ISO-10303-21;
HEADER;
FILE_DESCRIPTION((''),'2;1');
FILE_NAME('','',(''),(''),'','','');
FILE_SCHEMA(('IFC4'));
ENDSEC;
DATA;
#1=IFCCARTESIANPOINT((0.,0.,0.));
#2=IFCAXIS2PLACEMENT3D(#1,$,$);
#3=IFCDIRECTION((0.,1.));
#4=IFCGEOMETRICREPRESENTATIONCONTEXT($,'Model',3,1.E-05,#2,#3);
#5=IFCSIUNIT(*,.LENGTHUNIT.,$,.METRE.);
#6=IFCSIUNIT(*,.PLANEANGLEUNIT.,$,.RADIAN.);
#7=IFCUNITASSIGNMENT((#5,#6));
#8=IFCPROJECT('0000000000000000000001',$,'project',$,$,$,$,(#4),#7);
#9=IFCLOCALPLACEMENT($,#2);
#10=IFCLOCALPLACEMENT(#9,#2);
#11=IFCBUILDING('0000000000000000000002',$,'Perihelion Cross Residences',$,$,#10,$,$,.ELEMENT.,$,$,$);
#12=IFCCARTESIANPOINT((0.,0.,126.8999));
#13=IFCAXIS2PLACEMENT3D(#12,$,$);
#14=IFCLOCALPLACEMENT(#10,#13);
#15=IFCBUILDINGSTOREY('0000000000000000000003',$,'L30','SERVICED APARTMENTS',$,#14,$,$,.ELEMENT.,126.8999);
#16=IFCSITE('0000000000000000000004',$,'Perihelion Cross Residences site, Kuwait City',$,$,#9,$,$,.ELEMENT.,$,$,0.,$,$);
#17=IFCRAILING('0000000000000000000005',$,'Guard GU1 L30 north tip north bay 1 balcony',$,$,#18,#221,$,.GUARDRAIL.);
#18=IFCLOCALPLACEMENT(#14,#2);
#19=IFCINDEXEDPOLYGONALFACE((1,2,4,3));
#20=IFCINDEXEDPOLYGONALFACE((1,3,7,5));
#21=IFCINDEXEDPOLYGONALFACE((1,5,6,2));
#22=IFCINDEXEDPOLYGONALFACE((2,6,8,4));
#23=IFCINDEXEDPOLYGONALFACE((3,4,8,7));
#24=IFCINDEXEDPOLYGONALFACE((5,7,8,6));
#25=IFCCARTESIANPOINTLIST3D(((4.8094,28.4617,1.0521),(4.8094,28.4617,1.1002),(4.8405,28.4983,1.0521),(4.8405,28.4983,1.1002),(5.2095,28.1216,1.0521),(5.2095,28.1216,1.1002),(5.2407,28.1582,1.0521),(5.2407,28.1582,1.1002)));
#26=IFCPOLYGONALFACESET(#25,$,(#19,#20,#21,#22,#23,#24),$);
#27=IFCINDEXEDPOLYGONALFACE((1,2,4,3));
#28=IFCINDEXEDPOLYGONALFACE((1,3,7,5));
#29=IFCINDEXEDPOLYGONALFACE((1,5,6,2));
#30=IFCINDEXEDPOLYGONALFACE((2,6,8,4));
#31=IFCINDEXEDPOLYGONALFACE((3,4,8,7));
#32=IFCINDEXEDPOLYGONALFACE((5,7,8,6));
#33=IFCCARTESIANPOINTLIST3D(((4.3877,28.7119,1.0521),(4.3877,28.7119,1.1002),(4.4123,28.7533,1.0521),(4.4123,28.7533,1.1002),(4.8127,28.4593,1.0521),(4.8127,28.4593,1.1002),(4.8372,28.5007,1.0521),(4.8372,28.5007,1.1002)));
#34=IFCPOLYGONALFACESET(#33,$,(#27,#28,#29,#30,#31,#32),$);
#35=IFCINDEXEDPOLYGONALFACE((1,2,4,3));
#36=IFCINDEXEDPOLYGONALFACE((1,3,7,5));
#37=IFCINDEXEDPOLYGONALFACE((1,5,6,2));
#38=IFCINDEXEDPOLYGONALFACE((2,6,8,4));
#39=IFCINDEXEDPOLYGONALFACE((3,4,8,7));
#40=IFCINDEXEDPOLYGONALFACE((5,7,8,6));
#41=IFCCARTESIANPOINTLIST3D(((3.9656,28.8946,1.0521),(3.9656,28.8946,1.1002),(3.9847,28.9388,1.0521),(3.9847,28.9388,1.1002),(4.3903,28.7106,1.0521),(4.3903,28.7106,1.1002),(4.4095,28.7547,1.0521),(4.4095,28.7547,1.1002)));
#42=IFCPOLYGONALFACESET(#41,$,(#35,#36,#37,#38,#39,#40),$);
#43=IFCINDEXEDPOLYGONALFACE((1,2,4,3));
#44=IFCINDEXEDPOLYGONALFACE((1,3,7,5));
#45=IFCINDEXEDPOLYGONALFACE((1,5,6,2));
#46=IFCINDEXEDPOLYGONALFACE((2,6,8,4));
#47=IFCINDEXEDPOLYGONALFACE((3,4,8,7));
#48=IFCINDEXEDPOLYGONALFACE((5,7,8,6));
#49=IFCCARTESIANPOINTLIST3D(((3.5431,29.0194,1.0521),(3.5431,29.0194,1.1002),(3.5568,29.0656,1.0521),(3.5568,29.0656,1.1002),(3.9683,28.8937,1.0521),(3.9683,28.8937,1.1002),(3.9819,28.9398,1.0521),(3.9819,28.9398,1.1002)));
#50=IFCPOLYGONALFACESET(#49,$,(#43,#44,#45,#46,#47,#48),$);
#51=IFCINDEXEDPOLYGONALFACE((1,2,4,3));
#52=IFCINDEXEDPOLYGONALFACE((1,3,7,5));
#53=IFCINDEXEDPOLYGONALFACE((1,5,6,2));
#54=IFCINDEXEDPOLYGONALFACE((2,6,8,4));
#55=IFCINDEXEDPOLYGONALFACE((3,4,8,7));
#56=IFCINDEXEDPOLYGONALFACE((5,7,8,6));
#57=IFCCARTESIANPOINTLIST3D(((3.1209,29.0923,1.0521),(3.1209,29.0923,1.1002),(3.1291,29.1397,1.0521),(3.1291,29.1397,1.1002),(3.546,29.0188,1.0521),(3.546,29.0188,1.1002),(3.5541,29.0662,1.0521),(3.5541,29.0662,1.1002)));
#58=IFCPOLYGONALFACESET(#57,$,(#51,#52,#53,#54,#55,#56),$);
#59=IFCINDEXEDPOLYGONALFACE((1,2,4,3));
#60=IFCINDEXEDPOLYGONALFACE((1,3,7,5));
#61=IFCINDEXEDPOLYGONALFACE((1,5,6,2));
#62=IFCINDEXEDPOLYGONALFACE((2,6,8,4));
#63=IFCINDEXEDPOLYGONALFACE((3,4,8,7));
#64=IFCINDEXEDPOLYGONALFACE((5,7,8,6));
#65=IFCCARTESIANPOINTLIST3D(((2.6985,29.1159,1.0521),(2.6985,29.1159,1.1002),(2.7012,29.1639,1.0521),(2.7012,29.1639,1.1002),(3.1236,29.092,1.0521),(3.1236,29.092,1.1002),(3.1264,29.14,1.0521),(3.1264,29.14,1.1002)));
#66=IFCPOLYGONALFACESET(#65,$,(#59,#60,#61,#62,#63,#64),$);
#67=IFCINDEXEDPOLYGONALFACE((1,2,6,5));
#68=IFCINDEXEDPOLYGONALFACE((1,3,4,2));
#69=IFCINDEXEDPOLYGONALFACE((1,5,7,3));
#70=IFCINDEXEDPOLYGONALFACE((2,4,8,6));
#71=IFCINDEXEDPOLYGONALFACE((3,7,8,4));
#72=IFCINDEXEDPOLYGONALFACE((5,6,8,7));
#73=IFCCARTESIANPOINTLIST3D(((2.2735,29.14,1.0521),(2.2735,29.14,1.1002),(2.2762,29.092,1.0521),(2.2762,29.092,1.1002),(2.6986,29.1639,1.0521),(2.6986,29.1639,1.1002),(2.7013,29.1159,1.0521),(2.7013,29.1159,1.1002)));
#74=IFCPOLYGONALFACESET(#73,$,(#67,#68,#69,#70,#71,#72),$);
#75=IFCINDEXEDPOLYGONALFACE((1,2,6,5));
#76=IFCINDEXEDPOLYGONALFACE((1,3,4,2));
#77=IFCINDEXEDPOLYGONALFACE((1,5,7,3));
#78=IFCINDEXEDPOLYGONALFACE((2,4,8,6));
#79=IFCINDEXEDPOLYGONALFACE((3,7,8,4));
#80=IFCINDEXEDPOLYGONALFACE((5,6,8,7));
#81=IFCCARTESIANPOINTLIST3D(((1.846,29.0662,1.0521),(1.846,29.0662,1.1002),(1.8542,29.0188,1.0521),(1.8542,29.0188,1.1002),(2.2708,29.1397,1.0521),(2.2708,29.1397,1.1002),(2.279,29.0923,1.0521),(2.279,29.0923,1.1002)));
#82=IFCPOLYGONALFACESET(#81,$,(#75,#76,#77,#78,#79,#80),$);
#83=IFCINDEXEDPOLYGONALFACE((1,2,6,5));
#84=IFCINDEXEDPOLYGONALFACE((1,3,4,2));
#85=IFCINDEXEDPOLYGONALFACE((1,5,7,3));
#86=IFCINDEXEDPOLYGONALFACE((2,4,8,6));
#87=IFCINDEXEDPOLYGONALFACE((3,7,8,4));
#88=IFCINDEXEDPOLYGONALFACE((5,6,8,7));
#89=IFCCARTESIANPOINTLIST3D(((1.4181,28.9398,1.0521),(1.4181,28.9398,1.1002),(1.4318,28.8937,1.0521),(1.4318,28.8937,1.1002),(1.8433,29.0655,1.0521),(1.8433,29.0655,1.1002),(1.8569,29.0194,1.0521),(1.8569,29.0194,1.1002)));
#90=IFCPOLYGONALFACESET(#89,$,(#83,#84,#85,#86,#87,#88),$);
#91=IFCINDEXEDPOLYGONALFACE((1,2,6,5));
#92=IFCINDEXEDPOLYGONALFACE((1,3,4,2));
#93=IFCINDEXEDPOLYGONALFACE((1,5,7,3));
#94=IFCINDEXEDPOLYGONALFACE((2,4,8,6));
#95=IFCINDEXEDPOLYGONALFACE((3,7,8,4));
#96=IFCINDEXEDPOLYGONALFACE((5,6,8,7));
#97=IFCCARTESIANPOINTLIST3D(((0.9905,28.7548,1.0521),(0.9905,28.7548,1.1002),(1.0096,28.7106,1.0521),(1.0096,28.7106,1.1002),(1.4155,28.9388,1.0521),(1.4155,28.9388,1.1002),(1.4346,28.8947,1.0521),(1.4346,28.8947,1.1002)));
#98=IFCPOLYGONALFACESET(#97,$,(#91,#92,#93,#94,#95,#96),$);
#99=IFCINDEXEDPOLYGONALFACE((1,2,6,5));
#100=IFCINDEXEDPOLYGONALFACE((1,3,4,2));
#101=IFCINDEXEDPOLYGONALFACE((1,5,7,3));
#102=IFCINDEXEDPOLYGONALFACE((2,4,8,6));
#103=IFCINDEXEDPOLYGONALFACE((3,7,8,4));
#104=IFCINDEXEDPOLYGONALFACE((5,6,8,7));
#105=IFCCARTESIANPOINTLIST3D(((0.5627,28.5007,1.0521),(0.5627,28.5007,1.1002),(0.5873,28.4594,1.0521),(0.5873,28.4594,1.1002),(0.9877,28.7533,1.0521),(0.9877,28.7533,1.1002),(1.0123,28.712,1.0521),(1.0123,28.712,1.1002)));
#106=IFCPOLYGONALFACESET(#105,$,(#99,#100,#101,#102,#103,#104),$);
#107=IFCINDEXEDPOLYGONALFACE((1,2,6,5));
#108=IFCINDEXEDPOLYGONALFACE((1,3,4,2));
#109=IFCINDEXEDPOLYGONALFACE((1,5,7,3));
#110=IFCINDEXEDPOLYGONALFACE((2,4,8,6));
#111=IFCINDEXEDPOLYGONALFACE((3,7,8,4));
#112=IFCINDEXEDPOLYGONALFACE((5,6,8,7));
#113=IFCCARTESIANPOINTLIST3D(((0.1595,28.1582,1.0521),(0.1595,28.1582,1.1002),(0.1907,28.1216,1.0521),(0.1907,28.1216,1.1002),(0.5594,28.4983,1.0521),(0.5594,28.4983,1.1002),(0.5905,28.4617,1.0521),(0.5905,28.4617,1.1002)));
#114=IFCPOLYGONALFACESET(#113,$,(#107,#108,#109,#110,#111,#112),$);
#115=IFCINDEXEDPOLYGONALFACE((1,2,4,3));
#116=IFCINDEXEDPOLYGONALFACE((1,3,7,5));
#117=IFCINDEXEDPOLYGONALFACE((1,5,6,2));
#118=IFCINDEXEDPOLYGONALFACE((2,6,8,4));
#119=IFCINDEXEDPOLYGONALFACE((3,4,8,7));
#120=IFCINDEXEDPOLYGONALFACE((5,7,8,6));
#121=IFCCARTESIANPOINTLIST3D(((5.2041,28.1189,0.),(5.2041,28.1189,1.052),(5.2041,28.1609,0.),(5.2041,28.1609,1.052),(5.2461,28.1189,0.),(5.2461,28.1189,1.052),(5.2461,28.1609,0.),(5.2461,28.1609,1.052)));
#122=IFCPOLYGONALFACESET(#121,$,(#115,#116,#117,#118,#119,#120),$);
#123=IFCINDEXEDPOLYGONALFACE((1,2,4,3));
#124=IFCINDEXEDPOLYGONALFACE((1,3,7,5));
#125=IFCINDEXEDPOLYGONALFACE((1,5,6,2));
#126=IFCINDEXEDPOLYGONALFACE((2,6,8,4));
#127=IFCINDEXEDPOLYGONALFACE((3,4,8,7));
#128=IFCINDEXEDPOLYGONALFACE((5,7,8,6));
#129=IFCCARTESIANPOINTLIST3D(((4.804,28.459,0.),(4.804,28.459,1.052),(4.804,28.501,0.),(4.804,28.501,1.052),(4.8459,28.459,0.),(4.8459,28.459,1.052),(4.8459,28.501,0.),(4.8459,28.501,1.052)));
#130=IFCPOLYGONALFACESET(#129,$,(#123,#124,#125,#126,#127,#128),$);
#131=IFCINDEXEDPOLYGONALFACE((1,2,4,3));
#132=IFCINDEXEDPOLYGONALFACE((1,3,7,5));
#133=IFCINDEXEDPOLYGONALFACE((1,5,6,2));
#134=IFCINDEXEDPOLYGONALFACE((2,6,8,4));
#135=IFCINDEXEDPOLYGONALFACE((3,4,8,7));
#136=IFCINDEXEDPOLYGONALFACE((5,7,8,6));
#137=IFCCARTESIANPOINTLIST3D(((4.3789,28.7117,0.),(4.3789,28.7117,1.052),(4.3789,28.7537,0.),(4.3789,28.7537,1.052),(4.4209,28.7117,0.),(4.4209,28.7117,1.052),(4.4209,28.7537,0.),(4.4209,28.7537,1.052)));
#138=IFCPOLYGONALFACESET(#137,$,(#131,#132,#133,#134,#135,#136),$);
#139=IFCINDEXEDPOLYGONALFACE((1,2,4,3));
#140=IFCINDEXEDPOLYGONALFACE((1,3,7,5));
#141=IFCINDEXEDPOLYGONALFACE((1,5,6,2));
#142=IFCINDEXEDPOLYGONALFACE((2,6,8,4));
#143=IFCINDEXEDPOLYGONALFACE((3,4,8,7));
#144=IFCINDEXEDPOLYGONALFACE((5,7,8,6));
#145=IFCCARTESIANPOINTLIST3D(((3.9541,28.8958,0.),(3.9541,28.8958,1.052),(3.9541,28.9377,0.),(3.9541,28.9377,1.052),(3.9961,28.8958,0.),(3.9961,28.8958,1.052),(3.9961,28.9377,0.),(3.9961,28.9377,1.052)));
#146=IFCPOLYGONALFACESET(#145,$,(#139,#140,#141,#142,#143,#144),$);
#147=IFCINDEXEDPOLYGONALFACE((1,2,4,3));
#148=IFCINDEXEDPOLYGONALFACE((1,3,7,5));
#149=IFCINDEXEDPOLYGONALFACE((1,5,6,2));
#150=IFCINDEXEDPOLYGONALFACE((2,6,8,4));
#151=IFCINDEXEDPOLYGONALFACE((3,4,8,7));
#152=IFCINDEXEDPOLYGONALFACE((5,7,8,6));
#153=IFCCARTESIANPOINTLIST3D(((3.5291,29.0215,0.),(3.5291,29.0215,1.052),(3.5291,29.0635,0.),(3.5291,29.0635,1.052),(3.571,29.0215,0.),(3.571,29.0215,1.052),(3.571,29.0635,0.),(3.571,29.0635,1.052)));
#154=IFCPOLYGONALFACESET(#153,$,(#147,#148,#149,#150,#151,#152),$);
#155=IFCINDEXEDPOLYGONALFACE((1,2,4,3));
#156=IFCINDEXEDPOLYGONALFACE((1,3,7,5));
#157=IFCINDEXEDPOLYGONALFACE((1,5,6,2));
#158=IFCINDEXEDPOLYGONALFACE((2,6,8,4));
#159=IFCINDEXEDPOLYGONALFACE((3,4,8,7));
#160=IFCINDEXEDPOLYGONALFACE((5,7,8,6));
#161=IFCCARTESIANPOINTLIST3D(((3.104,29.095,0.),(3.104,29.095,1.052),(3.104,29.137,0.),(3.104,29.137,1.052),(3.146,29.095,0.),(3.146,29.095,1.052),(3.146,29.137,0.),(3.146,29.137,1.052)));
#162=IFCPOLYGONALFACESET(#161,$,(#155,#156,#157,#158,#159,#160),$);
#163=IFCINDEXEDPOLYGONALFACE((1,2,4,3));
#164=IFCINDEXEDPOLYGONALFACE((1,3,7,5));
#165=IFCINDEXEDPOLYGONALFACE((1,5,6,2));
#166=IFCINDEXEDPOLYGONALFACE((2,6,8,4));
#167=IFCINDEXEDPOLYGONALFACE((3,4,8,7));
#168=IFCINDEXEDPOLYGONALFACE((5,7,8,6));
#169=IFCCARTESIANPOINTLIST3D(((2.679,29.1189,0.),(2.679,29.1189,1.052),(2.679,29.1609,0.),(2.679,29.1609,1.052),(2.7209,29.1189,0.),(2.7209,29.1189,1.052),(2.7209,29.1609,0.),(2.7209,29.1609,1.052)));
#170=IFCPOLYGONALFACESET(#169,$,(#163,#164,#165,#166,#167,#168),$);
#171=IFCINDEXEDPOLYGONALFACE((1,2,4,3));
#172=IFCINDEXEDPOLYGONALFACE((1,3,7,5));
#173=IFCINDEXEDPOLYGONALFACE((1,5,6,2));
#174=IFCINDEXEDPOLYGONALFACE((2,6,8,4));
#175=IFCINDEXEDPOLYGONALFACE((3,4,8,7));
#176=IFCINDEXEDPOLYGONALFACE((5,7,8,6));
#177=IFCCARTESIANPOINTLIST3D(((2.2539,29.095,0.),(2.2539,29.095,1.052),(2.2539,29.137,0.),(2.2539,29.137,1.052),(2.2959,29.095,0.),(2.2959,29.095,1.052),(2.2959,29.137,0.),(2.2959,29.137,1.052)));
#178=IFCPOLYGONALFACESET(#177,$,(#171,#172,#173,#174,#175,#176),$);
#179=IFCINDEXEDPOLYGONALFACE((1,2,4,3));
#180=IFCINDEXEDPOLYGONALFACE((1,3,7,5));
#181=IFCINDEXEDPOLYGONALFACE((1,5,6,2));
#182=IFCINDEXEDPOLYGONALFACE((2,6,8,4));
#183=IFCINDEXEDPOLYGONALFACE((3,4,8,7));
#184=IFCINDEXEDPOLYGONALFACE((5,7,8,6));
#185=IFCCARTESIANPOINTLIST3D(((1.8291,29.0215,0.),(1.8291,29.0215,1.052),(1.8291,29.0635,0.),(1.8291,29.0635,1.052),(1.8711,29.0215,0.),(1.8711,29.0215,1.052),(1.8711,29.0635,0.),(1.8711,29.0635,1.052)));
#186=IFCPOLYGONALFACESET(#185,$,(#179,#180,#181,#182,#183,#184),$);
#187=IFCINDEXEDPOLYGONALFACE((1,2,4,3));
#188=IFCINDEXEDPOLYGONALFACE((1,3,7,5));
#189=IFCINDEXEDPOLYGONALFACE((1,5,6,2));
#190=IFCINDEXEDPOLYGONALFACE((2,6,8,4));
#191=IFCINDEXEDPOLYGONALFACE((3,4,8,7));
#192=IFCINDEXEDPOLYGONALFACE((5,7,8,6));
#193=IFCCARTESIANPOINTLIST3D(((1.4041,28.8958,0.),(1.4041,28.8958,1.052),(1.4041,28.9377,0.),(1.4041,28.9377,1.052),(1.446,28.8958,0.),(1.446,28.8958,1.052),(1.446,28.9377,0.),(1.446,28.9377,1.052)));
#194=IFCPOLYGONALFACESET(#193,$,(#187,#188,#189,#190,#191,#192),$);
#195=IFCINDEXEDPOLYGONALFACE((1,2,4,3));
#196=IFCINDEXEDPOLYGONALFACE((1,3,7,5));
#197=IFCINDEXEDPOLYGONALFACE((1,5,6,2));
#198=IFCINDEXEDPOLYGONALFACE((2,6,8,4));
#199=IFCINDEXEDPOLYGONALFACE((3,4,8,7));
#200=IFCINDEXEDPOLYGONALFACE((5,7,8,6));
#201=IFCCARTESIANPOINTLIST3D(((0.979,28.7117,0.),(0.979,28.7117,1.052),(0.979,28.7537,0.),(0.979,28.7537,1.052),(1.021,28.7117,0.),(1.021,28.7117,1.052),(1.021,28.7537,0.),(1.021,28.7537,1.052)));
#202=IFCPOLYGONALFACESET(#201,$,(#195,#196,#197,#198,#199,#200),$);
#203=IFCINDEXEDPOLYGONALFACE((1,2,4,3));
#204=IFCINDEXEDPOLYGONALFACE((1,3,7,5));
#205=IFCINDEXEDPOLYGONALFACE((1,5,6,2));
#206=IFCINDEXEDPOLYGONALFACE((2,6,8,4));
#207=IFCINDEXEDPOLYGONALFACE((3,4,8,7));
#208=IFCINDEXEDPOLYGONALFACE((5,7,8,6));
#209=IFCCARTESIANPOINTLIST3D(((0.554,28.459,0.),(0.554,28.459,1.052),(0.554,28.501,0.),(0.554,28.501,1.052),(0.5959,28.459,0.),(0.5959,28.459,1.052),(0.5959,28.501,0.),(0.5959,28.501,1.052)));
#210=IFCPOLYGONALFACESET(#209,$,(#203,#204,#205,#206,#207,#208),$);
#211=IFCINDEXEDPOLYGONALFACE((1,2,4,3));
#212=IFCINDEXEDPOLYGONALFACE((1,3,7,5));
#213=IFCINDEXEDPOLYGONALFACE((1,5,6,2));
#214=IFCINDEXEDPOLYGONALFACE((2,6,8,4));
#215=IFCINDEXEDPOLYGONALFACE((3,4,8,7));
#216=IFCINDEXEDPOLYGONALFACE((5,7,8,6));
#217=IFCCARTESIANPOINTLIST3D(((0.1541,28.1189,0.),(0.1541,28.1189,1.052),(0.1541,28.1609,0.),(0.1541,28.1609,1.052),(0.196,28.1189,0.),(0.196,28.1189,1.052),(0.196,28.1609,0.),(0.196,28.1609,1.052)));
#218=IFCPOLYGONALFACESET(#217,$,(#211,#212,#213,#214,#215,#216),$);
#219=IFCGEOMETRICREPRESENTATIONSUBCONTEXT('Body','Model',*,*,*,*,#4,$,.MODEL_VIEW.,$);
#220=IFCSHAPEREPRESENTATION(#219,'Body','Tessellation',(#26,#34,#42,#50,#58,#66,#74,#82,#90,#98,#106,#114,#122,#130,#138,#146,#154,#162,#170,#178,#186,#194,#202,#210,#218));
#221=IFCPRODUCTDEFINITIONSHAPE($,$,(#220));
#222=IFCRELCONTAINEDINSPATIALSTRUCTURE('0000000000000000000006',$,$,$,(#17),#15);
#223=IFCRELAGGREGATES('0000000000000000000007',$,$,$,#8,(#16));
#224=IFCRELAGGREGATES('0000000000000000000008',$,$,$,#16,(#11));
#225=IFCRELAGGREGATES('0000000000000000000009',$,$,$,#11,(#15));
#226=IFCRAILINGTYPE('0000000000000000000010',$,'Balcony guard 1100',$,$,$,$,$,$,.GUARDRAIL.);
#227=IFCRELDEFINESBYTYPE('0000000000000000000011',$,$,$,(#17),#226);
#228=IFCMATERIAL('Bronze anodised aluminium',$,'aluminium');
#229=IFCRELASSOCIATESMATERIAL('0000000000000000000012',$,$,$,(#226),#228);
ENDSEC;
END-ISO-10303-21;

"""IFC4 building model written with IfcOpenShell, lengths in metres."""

from ifc_helpers import new_model, si_unit, direction, frame, origin, origin_2d, place, context, subcontext, project, spatial, rectangle, extrude, material, type_object, element, save


model = new_model("IFC4")

# Units and contexts
model_context = context("Model", 3, precision=1e-05, world=origin(), true_north=direction((0.0, 1.0)))
body_context = subcontext(model_context, "Body", "Model", "MODEL_VIEW")
ifc_project = project(units=[si_unit("LENGTHUNIT", "METRE"), si_unit("PLANEANGLEUNIT", "RADIAN")], contexts=[model_context])

# Site, building, storey
site_placement = place(None, origin())
site = spatial("IfcSite", under=ifc_project, at=site_placement, Name="Perihelion Cross Residences site, Kuwait City", CompositionType="ELEMENT", RefElevation=0.0)
building_placement = place(site_placement, origin())
building = spatial("IfcBuilding", under=site, at=building_placement, Name="Perihelion Cross Residences", CompositionType="ELEMENT")
storey_placement = place(building_placement, frame((0.0, 0.0, 126.8999)))
storey = spatial("IfcBuildingStorey", under=building, at=storey_placement, Name="L30", Description="SERVICED APARTMENTS", CompositionType="ELEMENT", Elevation=126.8999)

# Railing
ifc_material_1 = material(Name="Bronze anodised aluminium", Category="aluminium")
railing_type = type_object("IfcRailingType", Name="Balcony guard 1100", PredefinedType="GUARDRAIL", material=ifc_material_1)
railing_placement = place(storey_placement, frame((5.2251, 28.1399, 0.0)))
element("IfcRailing", 1, at=railing_placement, inside=storey, type_object=railing_type, Name="Guard GU1 L30 north tip north bay 1 balcony", PredefinedType="GUARDRAIL", context=body_context, shape_type="SweptSolid", body=[
    extrude(rectangle(XDim=0.0481, YDim=0.0481, at=origin_2d()), frame((0.0, 0.0, 1.0762), z_axis=(-0.761974, 0.647608, 0.0), x_axis=(-0.647608, -0.761974, 0.0)), (0.0, 0.0, 1.0), 0.5251),
    extrude(rectangle(XDim=0.0481, YDim=0.0481, at=origin_2d()), frame((-0.4001, 0.3401, 1.0762), z_axis=(-0.859577, 0.511006, 0.0), x_axis=(-0.511006, -0.859577, 0.0)), (0.0, 0.0, 1.0), 0.4944),
    extrude(rectangle(XDim=0.0481, YDim=0.0481, at=origin_2d()), frame((-0.8252, 0.5928, 1.0762), z_axis=(-0.917556, 0.397607, 0.0), x_axis=(-0.397607, -0.917556, 0.0)), (0.0, 0.0, 1.0), 0.4629),
    extrude(rectangle(XDim=0.0481, YDim=0.0481, at=origin_2d()), frame((-1.25, 0.7769, 1.0762), z_axis=(-0.958926, 0.283657, 0.0), x_axis=(-0.283657, -0.958926, 0.0)), (0.0, 0.0, 1.0), 0.4434),
    extrude(rectangle(XDim=0.0481, YDim=0.0481, at=origin_2d()), frame((-1.675, 0.9026, 1.0762), z_axis=(-0.985382, 0.170362, 0.0), x_axis=(-0.170362, -0.985382, 0.0)), (0.0, 0.0, 1.0), 0.4314),
    extrude(rectangle(XDim=0.0481, YDim=0.0481, at=origin_2d()), frame((-2.1001, 0.9761, 1.0762), z_axis=(-0.99842, 0.056201, 0.0), x_axis=(-0.056201, -0.99842, 0.0)), (0.0, 0.0, 1.0), 0.4258),
    extrude(rectangle(XDim=0.0481, YDim=0.0481, at=origin_2d()), frame((-2.5251, 1.0, 1.0762), z_axis=(-0.99842, -0.056201, 0.0), x_axis=(0.056201, -0.99842, 0.0)), (0.0, 0.0, 1.0), 0.4258),
    extrude(rectangle(XDim=0.0481, YDim=0.0481, at=origin_2d()), frame((-2.9502, 0.9761, 1.0762), z_axis=(-0.985365, -0.170457, 0.0), x_axis=(0.170457, -0.985365, 0.0)), (0.0, 0.0, 1.0), 0.4312),
    extrude(rectangle(XDim=0.0481, YDim=0.0481, at=origin_2d()), frame((-3.375, 0.9026, 1.0762), z_axis=(-0.958926, -0.283657, 0.0), x_axis=(0.283657, -0.958926, 0.0)), (0.0, 0.0, 1.0), 0.4434),
    extrude(rectangle(XDim=0.0481, YDim=0.0481, at=origin_2d()), frame((-3.8, 0.7769, 1.0762), z_axis=(-0.917639, -0.397415, 0.0), x_axis=(0.397415, -0.917639, 0.0)), (0.0, 0.0, 1.0), 0.4631),
    extrude(rectangle(XDim=0.0481, YDim=0.0481, at=origin_2d()), frame((-4.2251, 0.5928, 1.0762), z_axis=(-0.859577, -0.511006, 0.0), x_axis=(0.511006, -0.859577, 0.0)), (0.0, 0.0, 1.0), 0.4944),
    extrude(rectangle(XDim=0.0481, YDim=0.0481, at=origin_2d()), frame((-4.6501, 0.3401, 1.0762), z_axis=(-0.761779, -0.647837, 0.0), x_axis=(0.647837, -0.761779, 0.0)), (0.0, 0.0, 1.0), 0.5249),
    extrude(rectangle(XDim=0.042, YDim=0.042, at=origin_2d()), origin(), (0.0, 0.0, 1.0), 1.052),
    extrude(rectangle(XDim=0.042, YDim=0.042, at=origin_2d()), frame((-0.4001, 0.3401, 0.0)), (0.0, 0.0, 1.0), 1.052),
    extrude(rectangle(XDim=0.042, YDim=0.042, at=origin_2d()), frame((-0.8252, 0.5928, 0.0)), (0.0, 0.0, 1.0), 1.052),
    extrude(rectangle(XDim=0.042, YDim=0.042, at=origin_2d()), frame((-1.25, 0.7769, 0.0)), (0.0, 0.0, 1.0), 1.052),
    extrude(rectangle(XDim=0.042, YDim=0.042, at=origin_2d()), frame((-1.675, 0.9026, 0.0)), (0.0, 0.0, 1.0), 1.052),
    extrude(rectangle(XDim=0.042, YDim=0.042, at=origin_2d()), frame((-2.1001, 0.9761, 0.0)), (0.0, 0.0, 1.0), 1.052),
    extrude(rectangle(XDim=0.042, YDim=0.042, at=origin_2d()), frame((-2.5251, 1.0, 0.0)), (0.0, 0.0, 1.0), 1.052),
    extrude(rectangle(XDim=0.042, YDim=0.042, at=origin_2d()), frame((-2.9502, 0.9761, 0.0)), (0.0, 0.0, 1.0), 1.052),
    extrude(rectangle(XDim=0.042, YDim=0.042, at=origin_2d()), frame((-3.375, 0.9026, 0.0)), (0.0, 0.0, 1.0), 1.052),
    extrude(rectangle(XDim=0.042, YDim=0.042, at=origin_2d()), frame((-3.8, 0.7769, 0.0)), (0.0, 0.0, 1.0), 1.052),
    extrude(rectangle(XDim=0.042, YDim=0.042, at=origin_2d()), frame((-4.2251, 0.5928, 0.0)), (0.0, 0.0, 1.0), 1.052),
    extrude(rectangle(XDim=0.042, YDim=0.042, at=origin_2d()), frame((-4.6501, 0.3401, 0.0)), (0.0, 0.0, 1.0), 1.052),
    extrude(rectangle(XDim=0.042, YDim=0.042, at=origin_2d()), frame((-5.05, 0.0, 0.0)), (0.0, 0.0, 1.0), 1.052),
])

save(model, "model.ifc")
